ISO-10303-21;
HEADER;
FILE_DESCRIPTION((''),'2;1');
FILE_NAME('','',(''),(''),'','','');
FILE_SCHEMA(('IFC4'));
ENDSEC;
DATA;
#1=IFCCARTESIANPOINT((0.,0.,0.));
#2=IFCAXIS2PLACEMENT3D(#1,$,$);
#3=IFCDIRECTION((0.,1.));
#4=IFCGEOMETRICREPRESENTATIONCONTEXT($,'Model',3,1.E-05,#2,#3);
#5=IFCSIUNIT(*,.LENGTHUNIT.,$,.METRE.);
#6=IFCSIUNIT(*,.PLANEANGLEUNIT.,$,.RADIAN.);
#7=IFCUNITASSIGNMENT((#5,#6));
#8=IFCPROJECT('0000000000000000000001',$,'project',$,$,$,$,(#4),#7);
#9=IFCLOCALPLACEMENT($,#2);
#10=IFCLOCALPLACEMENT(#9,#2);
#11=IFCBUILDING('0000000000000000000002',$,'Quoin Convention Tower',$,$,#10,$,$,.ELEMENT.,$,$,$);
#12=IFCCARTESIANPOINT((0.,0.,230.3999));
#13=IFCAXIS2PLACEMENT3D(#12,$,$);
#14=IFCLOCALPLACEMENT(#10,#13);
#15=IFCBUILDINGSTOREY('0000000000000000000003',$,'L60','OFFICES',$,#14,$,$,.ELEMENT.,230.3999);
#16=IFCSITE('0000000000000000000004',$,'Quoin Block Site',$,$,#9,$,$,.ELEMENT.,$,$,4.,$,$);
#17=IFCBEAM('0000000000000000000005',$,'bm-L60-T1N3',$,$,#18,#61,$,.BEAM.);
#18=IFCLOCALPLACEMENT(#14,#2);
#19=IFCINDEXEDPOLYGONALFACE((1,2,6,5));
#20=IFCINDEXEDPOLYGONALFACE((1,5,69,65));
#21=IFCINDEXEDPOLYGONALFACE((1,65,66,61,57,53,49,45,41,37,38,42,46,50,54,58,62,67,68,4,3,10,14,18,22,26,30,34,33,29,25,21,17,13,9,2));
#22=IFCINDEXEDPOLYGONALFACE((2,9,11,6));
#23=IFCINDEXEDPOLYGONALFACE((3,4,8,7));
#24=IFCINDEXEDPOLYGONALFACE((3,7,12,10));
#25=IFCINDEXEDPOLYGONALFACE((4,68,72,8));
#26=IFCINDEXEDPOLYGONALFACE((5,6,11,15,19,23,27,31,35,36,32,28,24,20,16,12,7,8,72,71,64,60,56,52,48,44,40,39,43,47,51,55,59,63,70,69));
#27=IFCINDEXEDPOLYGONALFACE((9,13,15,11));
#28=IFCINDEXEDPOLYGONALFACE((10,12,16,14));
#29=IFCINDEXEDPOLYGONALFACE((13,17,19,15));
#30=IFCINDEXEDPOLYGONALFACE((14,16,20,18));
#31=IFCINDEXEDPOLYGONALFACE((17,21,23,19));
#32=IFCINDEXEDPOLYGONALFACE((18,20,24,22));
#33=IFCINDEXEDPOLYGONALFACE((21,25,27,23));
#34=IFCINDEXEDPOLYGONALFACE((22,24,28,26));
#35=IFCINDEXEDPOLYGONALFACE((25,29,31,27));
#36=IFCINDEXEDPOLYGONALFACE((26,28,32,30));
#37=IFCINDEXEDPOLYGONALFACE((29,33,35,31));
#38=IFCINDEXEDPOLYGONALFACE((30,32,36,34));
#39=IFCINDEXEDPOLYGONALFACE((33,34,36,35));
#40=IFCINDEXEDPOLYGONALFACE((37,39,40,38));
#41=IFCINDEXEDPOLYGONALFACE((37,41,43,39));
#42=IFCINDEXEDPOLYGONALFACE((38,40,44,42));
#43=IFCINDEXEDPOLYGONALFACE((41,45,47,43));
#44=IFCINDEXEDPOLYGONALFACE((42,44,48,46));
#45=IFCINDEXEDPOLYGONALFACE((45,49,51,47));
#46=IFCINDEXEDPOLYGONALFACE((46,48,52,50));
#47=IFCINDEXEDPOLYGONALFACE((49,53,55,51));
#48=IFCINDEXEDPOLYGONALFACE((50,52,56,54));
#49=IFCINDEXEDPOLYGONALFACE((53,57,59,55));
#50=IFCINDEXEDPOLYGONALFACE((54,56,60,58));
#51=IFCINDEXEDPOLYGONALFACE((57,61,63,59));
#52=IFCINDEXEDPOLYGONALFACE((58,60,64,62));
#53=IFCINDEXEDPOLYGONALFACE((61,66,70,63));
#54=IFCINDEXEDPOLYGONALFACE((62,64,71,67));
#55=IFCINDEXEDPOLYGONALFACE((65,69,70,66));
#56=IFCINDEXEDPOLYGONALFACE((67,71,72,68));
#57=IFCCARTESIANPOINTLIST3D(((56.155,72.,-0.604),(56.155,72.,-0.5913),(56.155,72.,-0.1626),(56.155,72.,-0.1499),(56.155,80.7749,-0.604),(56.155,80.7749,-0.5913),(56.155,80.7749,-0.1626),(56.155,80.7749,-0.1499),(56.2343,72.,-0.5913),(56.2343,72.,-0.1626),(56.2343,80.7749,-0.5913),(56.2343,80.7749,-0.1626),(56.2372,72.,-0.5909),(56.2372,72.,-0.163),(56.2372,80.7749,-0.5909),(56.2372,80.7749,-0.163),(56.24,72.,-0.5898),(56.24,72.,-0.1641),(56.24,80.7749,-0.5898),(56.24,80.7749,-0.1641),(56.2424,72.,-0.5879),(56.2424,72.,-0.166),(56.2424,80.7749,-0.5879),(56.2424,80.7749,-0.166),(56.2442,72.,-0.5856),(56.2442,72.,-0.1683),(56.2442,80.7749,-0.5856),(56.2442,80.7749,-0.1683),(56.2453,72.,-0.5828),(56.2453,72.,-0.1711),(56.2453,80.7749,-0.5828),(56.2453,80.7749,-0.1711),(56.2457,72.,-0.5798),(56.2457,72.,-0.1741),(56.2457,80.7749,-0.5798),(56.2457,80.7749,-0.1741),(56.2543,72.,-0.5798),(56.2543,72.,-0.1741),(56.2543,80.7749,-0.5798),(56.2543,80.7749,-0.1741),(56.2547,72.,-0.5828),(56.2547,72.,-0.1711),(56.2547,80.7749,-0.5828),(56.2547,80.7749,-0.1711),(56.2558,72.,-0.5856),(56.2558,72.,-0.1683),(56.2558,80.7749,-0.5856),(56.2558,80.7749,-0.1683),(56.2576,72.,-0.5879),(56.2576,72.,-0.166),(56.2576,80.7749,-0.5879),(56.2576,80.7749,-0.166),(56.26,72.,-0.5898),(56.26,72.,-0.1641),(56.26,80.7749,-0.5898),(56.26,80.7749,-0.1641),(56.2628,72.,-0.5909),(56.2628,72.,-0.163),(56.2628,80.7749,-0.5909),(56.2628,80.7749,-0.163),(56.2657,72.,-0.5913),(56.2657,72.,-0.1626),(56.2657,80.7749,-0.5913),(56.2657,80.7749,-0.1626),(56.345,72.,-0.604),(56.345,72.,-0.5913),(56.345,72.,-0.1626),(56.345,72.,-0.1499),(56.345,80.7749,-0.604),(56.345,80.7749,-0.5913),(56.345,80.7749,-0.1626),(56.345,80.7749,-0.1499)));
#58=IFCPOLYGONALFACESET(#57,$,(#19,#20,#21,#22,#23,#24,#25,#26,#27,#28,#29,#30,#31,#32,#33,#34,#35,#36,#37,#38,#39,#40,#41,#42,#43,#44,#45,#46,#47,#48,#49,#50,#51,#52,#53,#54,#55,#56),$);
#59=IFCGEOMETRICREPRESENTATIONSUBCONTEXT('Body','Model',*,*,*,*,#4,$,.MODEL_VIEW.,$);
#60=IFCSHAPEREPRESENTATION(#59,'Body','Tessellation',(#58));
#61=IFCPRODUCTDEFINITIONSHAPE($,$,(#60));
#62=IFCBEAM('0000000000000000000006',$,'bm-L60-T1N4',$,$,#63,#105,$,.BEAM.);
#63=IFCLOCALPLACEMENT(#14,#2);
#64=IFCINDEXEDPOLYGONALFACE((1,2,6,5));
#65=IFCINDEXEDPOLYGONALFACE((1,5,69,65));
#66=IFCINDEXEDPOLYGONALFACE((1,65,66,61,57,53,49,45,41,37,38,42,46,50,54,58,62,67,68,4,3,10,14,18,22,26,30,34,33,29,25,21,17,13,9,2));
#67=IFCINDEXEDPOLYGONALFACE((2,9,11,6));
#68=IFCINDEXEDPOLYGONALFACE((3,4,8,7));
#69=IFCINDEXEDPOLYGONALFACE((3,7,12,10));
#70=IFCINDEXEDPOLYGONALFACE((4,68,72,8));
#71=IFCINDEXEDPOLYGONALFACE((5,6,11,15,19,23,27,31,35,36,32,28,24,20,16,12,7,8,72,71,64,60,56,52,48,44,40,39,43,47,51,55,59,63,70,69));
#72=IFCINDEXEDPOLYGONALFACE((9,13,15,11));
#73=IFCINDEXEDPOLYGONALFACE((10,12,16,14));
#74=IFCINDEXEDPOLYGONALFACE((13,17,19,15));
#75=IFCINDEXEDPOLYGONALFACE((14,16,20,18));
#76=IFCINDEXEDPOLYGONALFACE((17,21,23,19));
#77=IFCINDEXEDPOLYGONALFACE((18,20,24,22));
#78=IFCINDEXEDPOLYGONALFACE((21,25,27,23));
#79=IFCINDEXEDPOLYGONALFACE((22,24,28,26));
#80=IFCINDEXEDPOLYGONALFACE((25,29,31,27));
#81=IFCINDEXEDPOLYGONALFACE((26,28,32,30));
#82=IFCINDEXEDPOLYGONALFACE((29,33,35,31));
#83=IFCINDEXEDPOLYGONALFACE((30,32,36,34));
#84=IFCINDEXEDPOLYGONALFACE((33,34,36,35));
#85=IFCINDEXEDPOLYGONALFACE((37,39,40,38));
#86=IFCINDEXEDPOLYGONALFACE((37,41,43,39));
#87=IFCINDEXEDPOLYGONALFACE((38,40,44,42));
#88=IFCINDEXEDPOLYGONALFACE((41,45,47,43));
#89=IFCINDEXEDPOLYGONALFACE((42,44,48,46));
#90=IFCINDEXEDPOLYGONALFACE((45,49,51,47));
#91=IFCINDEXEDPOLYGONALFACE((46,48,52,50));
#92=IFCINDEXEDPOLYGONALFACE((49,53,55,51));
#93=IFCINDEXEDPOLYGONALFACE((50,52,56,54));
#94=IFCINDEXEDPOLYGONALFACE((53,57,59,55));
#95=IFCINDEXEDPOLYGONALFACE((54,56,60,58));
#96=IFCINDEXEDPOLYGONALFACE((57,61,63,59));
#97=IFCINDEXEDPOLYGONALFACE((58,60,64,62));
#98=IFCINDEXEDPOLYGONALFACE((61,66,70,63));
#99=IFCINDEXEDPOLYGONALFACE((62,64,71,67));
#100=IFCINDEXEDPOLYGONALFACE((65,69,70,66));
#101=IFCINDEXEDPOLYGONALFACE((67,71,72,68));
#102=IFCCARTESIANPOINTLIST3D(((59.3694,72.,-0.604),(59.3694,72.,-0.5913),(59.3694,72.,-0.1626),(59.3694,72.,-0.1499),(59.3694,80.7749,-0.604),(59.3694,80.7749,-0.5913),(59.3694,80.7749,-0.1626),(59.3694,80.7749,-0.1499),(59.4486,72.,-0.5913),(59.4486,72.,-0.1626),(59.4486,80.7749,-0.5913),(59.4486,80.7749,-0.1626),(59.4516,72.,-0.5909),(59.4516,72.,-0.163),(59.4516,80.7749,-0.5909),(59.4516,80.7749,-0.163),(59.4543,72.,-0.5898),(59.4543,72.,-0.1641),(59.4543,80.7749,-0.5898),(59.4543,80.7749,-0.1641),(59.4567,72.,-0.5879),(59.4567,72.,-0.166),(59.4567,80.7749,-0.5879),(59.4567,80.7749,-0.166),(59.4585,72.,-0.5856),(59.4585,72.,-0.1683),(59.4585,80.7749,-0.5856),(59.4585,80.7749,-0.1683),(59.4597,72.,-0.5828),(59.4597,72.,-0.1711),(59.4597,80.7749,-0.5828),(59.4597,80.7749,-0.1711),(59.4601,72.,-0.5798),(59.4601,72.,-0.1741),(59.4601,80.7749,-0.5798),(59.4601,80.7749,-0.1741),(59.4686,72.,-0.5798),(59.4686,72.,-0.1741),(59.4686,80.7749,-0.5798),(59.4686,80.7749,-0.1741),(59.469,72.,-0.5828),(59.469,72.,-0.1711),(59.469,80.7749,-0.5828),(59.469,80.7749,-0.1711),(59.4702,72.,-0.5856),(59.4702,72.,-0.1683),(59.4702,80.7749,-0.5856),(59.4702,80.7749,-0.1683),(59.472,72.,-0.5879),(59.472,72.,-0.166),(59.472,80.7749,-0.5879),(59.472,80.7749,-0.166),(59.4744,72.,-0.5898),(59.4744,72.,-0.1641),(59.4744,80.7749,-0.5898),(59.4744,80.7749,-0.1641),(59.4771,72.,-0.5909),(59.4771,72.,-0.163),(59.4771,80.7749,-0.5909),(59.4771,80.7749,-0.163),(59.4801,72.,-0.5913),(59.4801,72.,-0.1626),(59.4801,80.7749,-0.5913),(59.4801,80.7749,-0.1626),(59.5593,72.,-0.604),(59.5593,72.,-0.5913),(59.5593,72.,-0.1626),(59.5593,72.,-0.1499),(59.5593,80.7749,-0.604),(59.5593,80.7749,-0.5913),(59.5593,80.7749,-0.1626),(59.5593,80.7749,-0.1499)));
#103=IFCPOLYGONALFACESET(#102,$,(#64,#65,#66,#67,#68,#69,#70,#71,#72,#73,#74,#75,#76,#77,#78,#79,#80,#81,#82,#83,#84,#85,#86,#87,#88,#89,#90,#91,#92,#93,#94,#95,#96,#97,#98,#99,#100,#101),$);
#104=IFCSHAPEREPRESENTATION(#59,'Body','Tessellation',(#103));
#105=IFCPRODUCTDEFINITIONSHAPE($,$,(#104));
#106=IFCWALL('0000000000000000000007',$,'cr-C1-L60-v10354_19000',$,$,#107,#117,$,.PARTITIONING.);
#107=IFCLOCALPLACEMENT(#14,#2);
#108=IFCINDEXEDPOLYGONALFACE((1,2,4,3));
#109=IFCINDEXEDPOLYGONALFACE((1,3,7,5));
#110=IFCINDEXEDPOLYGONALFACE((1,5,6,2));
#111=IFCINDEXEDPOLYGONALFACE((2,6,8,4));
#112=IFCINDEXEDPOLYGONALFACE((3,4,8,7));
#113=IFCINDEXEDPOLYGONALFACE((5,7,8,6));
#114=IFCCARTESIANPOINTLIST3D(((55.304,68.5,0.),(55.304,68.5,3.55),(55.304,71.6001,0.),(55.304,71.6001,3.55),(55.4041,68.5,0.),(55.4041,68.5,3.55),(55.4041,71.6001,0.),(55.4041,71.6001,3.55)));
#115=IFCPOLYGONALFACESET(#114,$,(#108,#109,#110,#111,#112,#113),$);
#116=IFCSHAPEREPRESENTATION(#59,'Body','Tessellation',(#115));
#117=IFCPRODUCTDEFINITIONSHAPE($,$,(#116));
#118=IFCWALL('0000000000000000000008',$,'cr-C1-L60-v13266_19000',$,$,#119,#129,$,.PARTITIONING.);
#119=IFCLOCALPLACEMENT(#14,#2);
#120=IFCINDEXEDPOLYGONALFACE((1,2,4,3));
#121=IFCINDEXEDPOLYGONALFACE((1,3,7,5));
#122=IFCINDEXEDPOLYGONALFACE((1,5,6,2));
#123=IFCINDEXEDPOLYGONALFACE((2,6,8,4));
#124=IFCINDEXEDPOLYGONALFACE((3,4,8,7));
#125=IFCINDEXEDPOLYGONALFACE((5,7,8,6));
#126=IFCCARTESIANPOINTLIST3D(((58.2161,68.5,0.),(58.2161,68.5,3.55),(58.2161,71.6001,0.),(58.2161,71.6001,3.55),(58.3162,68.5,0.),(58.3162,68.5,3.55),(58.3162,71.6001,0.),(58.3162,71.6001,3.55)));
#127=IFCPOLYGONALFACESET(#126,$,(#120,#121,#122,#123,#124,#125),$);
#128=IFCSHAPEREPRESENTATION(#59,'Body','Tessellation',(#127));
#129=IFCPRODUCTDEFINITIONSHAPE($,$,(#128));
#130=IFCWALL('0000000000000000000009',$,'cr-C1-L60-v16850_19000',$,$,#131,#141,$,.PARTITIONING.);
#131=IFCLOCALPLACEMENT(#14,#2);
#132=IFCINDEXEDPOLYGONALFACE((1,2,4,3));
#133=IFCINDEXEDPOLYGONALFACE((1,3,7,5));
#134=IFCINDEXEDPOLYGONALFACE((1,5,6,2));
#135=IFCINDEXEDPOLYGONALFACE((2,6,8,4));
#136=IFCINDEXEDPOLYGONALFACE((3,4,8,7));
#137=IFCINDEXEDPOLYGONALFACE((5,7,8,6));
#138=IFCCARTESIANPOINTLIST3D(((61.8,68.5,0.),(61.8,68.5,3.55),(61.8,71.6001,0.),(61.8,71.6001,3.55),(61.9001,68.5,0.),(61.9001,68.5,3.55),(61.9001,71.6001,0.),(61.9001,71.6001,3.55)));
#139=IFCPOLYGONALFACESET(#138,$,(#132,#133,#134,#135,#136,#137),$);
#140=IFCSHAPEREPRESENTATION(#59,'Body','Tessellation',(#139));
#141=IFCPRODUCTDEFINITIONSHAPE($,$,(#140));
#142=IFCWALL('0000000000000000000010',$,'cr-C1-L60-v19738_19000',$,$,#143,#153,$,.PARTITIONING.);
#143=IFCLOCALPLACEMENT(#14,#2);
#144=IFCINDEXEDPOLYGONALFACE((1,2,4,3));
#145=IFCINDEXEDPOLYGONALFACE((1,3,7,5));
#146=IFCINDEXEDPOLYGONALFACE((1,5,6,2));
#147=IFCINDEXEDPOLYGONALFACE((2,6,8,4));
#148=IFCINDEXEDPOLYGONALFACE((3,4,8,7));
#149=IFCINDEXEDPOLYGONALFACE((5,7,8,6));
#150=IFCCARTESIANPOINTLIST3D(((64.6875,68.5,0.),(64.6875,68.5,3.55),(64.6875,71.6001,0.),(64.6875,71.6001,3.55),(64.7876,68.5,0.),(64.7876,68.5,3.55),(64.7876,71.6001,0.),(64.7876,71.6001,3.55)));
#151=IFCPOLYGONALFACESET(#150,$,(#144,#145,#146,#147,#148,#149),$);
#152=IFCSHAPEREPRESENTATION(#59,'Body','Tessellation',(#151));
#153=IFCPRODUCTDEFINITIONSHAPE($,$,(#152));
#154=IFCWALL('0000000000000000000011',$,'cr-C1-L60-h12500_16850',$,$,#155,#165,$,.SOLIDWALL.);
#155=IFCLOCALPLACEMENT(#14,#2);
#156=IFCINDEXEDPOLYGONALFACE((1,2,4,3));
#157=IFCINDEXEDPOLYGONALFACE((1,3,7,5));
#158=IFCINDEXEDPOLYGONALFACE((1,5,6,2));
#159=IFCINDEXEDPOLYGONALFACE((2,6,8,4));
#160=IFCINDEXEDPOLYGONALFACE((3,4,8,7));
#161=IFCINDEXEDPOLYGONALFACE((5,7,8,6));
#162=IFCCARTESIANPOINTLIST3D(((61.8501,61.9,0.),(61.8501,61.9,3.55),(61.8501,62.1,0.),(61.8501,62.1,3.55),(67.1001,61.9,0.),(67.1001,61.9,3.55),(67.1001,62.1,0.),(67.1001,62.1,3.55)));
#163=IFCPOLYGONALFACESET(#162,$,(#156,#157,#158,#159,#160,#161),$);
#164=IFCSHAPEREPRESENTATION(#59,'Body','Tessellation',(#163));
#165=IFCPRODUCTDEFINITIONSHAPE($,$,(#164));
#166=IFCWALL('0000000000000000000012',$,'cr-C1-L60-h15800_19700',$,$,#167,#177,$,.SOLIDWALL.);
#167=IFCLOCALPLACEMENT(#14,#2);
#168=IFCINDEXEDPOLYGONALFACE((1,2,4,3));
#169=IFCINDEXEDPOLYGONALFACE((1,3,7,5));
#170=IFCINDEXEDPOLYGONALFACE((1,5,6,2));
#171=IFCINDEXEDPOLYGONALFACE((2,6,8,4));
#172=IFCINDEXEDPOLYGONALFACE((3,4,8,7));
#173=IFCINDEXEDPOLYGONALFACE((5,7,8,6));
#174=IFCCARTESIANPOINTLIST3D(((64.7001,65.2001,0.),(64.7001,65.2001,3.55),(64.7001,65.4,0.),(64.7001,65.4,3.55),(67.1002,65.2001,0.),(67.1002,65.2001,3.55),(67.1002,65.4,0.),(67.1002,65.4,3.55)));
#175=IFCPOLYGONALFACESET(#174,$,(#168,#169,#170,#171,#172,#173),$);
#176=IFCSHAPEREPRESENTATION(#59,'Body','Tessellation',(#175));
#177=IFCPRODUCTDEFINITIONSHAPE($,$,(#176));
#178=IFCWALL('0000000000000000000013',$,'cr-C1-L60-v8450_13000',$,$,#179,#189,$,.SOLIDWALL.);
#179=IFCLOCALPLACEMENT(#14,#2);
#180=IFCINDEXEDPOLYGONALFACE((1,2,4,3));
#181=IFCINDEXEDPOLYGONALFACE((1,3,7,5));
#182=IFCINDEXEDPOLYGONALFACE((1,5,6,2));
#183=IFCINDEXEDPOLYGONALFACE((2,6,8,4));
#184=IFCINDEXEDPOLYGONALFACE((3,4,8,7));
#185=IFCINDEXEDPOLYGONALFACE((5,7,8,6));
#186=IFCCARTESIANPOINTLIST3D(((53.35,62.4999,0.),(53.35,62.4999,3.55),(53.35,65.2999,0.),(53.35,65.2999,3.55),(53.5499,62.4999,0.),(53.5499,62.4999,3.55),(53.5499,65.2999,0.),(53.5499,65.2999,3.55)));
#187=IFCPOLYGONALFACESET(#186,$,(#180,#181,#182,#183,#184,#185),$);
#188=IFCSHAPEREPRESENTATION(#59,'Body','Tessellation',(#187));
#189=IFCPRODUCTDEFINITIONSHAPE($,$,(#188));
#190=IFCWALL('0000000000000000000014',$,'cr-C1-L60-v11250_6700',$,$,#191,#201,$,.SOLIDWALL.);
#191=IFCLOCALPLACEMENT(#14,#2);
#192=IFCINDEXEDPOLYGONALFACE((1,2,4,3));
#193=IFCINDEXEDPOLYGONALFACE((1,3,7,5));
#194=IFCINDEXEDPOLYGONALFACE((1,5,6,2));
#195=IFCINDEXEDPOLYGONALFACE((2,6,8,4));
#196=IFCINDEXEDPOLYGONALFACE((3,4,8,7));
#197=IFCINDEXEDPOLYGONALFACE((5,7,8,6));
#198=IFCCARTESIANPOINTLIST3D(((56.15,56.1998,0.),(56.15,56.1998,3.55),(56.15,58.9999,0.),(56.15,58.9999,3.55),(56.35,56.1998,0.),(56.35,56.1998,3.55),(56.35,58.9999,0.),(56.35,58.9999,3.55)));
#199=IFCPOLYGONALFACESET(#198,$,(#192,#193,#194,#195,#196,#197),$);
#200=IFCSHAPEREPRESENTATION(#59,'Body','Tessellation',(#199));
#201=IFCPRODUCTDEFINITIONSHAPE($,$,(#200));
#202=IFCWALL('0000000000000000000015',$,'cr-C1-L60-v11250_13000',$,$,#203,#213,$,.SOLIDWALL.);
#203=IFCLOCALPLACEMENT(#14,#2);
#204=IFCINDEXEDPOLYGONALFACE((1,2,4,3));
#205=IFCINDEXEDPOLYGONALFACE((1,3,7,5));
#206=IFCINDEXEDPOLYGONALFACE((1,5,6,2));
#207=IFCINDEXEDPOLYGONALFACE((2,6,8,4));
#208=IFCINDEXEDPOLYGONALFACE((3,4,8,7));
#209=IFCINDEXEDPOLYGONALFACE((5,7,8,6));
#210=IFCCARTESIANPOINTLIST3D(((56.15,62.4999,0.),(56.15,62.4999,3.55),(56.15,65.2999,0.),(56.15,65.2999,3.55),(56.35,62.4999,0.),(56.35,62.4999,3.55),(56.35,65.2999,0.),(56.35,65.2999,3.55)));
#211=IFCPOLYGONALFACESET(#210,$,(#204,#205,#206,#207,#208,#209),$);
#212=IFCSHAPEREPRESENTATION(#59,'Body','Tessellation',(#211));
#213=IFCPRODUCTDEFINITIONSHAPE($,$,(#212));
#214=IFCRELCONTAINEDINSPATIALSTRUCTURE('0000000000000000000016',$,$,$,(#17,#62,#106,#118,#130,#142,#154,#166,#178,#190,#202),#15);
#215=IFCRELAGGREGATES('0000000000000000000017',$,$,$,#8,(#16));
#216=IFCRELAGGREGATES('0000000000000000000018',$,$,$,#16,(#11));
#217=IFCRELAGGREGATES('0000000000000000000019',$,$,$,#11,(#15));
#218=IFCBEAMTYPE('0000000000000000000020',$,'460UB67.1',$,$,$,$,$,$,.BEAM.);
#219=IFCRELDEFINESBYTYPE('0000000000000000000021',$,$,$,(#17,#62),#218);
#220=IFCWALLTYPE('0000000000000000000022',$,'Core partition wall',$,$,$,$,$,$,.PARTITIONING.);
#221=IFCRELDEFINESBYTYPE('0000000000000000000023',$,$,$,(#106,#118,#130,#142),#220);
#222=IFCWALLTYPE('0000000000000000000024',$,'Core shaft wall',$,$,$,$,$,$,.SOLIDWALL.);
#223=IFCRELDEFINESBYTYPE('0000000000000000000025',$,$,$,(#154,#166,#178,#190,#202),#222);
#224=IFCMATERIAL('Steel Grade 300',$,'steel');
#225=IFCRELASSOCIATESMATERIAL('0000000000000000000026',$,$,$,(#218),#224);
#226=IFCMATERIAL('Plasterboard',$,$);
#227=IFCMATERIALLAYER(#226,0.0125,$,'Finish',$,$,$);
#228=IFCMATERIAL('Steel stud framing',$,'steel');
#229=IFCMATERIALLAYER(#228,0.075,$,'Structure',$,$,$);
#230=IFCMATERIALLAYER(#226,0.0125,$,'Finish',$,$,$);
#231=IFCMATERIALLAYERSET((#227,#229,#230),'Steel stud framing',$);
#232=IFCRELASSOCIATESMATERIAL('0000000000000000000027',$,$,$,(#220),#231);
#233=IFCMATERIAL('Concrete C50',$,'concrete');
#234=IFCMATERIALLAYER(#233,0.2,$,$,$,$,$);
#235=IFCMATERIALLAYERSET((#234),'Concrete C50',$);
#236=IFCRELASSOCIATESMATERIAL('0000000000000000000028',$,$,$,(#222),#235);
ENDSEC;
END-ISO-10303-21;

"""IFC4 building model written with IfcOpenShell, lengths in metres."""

from ifc_helpers import new_model, si_unit, direction, frame, frame_2d, origin, origin_2d, place, context, subcontext, project, spatial, rectangle, i_section, extrude, material, layer, layer_set, material_profile, profile_set, type_object, element, save


model = new_model("IFC4")

# Units and contexts
model_context = context("Model", 3, precision=1e-05, world=origin(), true_north=direction((0.0, 1.0)))
body_context = subcontext(model_context, "Body", "Model", "MODEL_VIEW")
ifc_project = project(units=[si_unit("LENGTHUNIT", "METRE"), si_unit("PLANEANGLEUNIT", "RADIAN")], contexts=[model_context])

# Site, building, storey
site_placement = place(None, origin())
site = spatial("IfcSite", under=ifc_project, at=site_placement, Name="Quoin Block Site", CompositionType="ELEMENT", RefElevation=4.0)
building_placement = place(site_placement, origin())
building = spatial("IfcBuilding", under=site, at=building_placement, Name="Quoin Convention Tower", CompositionType="ELEMENT")
storey_placement = place(building_placement, frame((0.0, 0.0, 230.3999)))
storey = spatial("IfcBuildingStorey", under=building, at=storey_placement, Name="L60", Description="OFFICES", CompositionType="ELEMENT", Elevation=230.3999)

# Beams
ifc_material_1 = material(Name="Steel Grade 300", Category="steel")
ifc_material_profile = material_profile(ifc_material_1, i_section(OverallWidth=0.1899, OverallDepth=0.4541, WebThickness=0.0085, FlangeThickness=0.0127, FilletRadius=0.0115, at=origin_2d()), Name="460UB67.1")
ifc_profile_set = profile_set([ifc_material_profile], Name="Steel Grade 300")
beam_type = type_object("IfcBeamType", Name="460UB67.1", PredefinedType="BEAM", material=ifc_profile_set)
for number, where, z_axis, x_axis, name in (
    (1, (56.25, 72.0, -0.377), (0.0, 1.0, 0.0), (-1.0, 0.0, 0.0), "bm-L60-T1N3"),
    (2, (59.4644, 72.0, -0.377), (0.0, 1.0, 0.0), (-1.0, 0.0, 0.0), "bm-L60-T1N4"),
):
    element("IfcBeam", number, at=place(storey_placement, frame(where, z_axis=z_axis, x_axis=x_axis)), inside=storey, type_object=beam_type, Name=name, PredefinedType="BEAM", context=body_context, shape_type="SweptSolid", body=[
        extrude(i_section(OverallWidth=0.1899, OverallDepth=0.4541, WebThickness=0.0085, FlangeThickness=0.0127, FilletRadius=0.0115, at=origin_2d()), origin(), (0.0, 0.0, 1.0), 8.7749),
    ])

# Walls
ifc_material_2 = material(Name="Plasterboard")
ifc_layer_1 = layer(ifc_material_2, 0.0125, Name="Finish")
ifc_material_3 = material(Name="Steel stud framing", Category="steel")
ifc_layer_2 = layer(ifc_material_3, 0.075, Name="Structure")
ifc_layer_3 = layer(ifc_material_2, 0.0125, Name="Finish")
ifc_layer_set_1 = layer_set([ifc_layer_1, ifc_layer_2, ifc_layer_3], Name="Steel stud framing")
wall_type_1 = type_object("IfcWallType", Name="Core partition wall", PredefinedType="PARTITIONING", material=ifc_layer_set_1)
for number, where, z_axis, x_axis, name in (
    (3, (55.354, 68.5, 0.0), (0.0, 0.0, 1.0), (0.0, 1.0, 0.0), "cr-C1-L60-v10354_19000"),
    (4, (58.2661, 68.5, 0.0), (0.0, 0.0, 1.0), (0.0, 1.0, 0.0), "cr-C1-L60-v13266_19000"),
    (5, (61.8501, 68.5, 0.0), (0.0, 0.0, 1.0), (0.0, 1.0, 0.0), "cr-C1-L60-v16850_19000"),
    (6, (64.7375, 68.5, 0.0), (0.0, 0.0, 1.0), (0.0, 1.0, 0.0), "cr-C1-L60-v19738_19000"),
):
    element("IfcWall", number, at=place(storey_placement, frame(where, z_axis=z_axis, x_axis=x_axis)), inside=storey, type_object=wall_type_1, Name=name, PredefinedType="PARTITIONING", context=body_context, shape_type="SweptSolid", body=[
        extrude(rectangle(XDim=3.1001, YDim=0.1001, at=frame_2d((1.55, 0.0))), origin(), (0.0, 0.0, 1.0), 3.55),
    ])
ifc_material_4 = material(Name="Concrete C50", Category="concrete")
ifc_layer_4 = layer(ifc_material_4, 0.2)
ifc_layer_set_2 = layer_set([ifc_layer_4], Name="Concrete C50")
wall_type_2 = type_object("IfcWallType", Name="Core shaft wall", PredefinedType="SOLIDWALL", material=ifc_layer_set_2)
wall_1_placement = place(storey_placement, frame((61.8501, 62.0, 0.0), z_axis=(0.0, 0.0, 1.0), x_axis=(1.0, 0.0, 0.0)))
element("IfcWall", 7, at=wall_1_placement, inside=storey, type_object=wall_type_2, Name="cr-C1-L60-h12500_16850", PredefinedType="SOLIDWALL", context=body_context, shape_type="SweptSolid", body=[
    extrude(rectangle(XDim=5.25, YDim=0.2, at=frame_2d((2.625, 0.0))), origin(), (0.0, 0.0, 1.0), 3.55),
])
wall_2_placement = place(storey_placement, frame((64.7, 65.3, 0.0), z_axis=(0.0, 0.0, 1.0), x_axis=(1.0, 0.0, 0.0)))
element("IfcWall", 8, at=wall_2_placement, inside=storey, type_object=wall_type_2, Name="cr-C1-L60-h15800_19700", PredefinedType="SOLIDWALL", context=body_context, shape_type="SweptSolid", body=[
    extrude(rectangle(XDim=2.4001, YDim=0.2, at=frame_2d((1.2002, 0.0))), origin(), (0.0, 0.0, 1.0), 3.55),
])
for number, where, z_axis, x_axis, name in (
    (9, (53.45, 62.5, 0.0), (0.0, 0.0, 1.0), (0.0, 1.0, 0.0), "cr-C1-L60-v8450_13000"),
    (10, (56.25, 56.2, 0.0), (0.0, 0.0, 1.0), (0.0, 1.0, 0.0), "cr-C1-L60-v11250_6700"),
    (11, (56.25, 62.5, 0.0), (0.0, 0.0, 1.0), (0.0, 1.0, 0.0), "cr-C1-L60-v11250_13000"),
):
    element("IfcWall", number, at=place(storey_placement, frame(where, z_axis=z_axis, x_axis=x_axis)), inside=storey, type_object=wall_type_2, Name=name, PredefinedType="SOLIDWALL", context=body_context, shape_type="SweptSolid", body=[
        extrude(rectangle(XDim=2.8, YDim=0.2, at=frame_2d((1.3999, 0.0))), origin(), (0.0, 0.0, 1.0), 3.55),
    ])

save(model, "model.ifc")
